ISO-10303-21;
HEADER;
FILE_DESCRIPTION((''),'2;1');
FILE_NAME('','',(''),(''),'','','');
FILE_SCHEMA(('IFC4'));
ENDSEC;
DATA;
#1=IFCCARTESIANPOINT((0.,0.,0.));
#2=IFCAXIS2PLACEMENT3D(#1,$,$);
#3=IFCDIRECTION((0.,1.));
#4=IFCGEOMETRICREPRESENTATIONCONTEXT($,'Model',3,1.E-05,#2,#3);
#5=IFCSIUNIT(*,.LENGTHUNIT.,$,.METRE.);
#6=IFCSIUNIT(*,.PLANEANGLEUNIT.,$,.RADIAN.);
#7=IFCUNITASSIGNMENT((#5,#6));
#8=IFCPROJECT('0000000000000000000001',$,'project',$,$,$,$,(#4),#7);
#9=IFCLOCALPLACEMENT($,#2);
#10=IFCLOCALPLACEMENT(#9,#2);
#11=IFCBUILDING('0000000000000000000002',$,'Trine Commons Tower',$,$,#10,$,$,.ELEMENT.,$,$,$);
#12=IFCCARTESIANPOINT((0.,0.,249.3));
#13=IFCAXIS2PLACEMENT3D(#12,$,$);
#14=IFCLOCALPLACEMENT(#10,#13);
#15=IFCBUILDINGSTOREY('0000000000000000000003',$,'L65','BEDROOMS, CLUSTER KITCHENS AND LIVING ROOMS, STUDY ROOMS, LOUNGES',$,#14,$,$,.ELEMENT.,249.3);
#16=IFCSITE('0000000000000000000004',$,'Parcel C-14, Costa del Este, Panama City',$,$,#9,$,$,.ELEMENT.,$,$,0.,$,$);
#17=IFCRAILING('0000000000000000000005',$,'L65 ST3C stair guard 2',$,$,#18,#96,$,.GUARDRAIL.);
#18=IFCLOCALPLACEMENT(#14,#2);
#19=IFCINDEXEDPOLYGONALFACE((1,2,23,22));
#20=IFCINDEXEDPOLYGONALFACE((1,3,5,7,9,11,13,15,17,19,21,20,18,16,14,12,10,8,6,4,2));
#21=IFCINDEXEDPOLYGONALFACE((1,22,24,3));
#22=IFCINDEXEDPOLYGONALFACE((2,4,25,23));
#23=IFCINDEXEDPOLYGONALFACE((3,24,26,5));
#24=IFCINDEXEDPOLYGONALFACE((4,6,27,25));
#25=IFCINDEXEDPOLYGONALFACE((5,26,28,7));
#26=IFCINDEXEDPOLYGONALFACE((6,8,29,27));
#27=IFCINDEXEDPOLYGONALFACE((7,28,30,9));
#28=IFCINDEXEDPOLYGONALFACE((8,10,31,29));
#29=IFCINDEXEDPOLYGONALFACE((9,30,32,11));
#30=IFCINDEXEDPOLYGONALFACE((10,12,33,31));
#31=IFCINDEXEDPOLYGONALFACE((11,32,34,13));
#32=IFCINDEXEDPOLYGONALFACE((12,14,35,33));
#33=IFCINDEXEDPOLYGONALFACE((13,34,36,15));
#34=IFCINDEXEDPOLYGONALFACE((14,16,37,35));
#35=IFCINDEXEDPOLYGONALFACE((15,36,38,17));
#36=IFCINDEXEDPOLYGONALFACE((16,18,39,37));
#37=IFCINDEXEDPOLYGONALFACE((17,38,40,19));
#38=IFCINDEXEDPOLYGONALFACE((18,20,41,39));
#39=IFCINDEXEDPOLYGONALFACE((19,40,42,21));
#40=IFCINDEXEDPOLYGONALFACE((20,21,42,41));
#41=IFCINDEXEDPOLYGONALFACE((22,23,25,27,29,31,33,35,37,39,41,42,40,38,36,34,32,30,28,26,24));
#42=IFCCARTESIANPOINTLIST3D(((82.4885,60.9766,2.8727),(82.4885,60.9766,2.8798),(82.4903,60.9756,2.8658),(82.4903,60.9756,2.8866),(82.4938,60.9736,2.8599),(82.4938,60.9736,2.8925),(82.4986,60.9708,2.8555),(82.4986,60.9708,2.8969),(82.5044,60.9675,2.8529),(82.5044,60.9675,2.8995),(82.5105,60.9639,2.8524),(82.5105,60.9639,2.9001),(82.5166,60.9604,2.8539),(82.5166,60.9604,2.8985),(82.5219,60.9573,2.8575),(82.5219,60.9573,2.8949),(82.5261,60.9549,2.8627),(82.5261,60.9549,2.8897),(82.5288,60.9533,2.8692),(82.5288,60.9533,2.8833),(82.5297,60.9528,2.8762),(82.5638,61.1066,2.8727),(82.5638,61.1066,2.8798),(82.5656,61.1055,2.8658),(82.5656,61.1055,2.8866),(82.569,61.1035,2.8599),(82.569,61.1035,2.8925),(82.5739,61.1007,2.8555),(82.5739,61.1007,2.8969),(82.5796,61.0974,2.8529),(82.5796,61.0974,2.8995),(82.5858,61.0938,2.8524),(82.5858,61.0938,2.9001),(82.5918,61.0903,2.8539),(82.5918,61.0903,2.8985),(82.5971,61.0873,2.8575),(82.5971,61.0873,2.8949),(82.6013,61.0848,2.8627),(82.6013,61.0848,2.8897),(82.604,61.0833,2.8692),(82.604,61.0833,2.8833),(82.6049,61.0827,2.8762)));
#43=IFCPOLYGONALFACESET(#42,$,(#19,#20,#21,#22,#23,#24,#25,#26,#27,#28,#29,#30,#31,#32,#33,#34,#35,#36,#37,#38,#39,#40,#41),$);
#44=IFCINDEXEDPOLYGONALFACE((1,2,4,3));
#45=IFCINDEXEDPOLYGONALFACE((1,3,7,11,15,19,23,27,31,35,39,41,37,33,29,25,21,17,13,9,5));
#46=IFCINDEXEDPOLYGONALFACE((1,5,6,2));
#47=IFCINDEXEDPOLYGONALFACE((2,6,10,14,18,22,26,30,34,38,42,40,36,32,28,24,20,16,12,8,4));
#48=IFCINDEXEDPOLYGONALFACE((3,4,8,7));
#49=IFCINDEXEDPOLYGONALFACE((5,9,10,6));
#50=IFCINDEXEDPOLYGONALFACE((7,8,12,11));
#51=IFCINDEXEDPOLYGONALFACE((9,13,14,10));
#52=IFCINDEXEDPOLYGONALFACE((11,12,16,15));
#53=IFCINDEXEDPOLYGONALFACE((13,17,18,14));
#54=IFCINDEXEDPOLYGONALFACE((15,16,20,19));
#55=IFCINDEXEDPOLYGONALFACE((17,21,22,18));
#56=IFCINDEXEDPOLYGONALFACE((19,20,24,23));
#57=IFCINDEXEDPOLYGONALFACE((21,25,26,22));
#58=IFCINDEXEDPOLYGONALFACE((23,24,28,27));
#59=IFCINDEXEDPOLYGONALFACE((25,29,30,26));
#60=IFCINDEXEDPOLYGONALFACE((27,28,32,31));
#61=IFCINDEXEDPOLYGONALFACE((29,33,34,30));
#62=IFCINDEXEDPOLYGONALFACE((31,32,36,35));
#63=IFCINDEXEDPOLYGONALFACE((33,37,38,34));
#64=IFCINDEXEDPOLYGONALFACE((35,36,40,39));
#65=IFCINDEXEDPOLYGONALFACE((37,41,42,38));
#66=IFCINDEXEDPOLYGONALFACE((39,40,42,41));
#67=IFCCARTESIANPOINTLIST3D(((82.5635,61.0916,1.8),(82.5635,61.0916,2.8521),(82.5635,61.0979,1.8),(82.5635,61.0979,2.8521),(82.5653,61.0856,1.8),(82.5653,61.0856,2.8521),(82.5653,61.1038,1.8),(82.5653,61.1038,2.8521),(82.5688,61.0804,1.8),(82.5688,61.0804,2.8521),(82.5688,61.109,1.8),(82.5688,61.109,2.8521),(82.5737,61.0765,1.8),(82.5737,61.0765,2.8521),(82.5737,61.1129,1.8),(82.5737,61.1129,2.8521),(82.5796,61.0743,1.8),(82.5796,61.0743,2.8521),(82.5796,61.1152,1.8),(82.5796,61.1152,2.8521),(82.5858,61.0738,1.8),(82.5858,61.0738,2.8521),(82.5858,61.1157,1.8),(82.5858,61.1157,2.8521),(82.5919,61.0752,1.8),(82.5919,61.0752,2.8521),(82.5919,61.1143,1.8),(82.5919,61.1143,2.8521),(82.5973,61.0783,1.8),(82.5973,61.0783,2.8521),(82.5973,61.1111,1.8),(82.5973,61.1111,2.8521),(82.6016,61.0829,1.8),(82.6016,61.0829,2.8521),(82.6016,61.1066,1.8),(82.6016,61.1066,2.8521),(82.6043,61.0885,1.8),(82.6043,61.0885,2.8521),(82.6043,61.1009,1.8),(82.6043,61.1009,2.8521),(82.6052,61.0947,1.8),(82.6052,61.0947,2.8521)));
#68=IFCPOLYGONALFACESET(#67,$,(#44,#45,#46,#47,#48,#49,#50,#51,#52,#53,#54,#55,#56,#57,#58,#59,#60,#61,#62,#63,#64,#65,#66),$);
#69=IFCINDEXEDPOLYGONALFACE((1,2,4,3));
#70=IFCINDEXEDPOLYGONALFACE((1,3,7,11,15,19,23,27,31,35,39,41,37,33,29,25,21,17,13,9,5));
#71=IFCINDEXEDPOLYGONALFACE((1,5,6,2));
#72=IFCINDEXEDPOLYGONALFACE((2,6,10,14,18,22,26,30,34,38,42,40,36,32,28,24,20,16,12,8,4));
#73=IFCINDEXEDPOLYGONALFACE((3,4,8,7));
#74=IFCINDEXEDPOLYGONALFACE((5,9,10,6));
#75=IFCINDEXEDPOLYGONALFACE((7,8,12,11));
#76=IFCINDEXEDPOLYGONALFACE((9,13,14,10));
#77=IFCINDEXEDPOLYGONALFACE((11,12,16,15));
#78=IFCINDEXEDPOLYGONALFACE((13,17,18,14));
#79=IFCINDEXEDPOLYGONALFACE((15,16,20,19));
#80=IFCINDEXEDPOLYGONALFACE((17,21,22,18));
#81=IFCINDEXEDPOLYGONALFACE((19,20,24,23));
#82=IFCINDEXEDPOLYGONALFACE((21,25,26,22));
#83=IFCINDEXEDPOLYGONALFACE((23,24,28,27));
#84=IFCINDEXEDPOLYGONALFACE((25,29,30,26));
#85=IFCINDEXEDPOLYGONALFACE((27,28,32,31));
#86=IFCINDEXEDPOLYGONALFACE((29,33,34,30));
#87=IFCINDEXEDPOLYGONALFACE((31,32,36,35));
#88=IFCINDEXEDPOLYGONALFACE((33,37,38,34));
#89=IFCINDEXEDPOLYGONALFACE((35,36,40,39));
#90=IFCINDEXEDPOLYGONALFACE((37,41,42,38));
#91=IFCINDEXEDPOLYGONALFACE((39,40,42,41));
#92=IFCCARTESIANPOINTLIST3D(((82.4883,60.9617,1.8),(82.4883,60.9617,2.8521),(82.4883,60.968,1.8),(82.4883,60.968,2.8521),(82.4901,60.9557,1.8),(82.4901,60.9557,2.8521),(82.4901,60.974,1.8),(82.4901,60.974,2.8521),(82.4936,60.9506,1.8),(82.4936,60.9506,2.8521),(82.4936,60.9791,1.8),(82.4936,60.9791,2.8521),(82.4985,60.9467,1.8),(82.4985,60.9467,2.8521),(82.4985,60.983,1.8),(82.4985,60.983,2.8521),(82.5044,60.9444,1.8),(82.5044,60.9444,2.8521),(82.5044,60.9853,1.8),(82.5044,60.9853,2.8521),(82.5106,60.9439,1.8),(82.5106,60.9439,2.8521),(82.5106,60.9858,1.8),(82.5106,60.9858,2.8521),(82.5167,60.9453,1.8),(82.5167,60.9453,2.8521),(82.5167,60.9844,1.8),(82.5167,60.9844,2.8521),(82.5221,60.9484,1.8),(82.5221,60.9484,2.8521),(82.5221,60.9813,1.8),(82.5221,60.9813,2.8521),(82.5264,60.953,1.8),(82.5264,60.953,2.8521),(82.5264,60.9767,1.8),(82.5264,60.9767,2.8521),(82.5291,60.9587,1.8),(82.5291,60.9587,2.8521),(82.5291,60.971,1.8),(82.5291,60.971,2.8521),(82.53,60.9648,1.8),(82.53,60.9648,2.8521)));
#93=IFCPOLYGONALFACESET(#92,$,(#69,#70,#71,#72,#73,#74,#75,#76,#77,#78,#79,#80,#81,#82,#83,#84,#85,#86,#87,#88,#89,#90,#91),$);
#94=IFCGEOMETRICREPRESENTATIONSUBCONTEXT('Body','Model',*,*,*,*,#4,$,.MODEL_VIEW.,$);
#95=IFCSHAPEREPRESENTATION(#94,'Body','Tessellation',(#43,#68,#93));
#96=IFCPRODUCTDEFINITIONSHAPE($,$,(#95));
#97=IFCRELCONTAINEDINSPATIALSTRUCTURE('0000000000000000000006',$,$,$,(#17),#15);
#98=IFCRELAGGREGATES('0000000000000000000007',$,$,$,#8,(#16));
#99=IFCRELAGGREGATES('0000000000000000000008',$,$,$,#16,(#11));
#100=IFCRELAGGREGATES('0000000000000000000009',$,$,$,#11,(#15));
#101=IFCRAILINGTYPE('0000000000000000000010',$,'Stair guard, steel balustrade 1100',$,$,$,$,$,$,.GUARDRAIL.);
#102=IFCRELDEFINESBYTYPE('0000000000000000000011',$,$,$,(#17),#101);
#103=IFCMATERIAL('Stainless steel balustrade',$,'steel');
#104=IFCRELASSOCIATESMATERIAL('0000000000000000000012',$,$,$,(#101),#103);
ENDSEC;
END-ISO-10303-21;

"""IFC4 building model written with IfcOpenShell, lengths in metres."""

from ifc_helpers import new_model, si_unit, direction, frame, origin, origin_2d, place, context, subcontext, project, spatial, circle, extrude, material, type_object, element, save


model = new_model("IFC4")

# Units and contexts
model_context = context("Model", 3, precision=1e-05, world=origin(), true_north=direction((0.0, 1.0)))
body_context = subcontext(model_context, "Body", "Model", "MODEL_VIEW")
ifc_project = project(units=[si_unit("LENGTHUNIT", "METRE"), si_unit("PLANEANGLEUNIT", "RADIAN")], contexts=[model_context])

# Site, building, storey
site_placement = place(None, origin())
site = spatial("IfcSite", under=ifc_project, at=site_placement, Name="Parcel C-14, Costa del Este, Panama City", CompositionType="ELEMENT", RefElevation=0.0)
building_placement = place(site_placement, origin())
building = spatial("IfcBuilding", under=site, at=building_placement, Name="Trine Commons Tower", CompositionType="ELEMENT")
storey_placement = place(building_placement, frame((0.0, 0.0, 249.3)))
storey = spatial("IfcBuildingStorey", under=building, at=storey_placement, Name="L65", Description="BEDROOMS, CLUSTER KITCHENS AND LIVING ROOMS, STUDY ROOMS, LOUNGES", CompositionType="ELEMENT", Elevation=249.3)

# Railing
ifc_material_1 = material(Name="Stainless steel balustrade", Category="steel")
railing_type_1 = type_object("IfcRailingType", Name="Stair guard, steel balustrade 1100", PredefinedType="GUARDRAIL", material=ifc_material_1)
railing_1_placement = place(storey_placement, frame((82.5842, 61.0947, 1.8)))
element("IfcRailing", 1, at=railing_1_placement, inside=storey, type_object=railing_type_1, Name="L65 ST3C stair guard 2", PredefinedType="GUARDRAIL", context=body_context, shape_type="SweptSolid", body=[
    extrude(circle(Radius=0.0239, at=origin_2d()), frame((0.0, 0.0, 1.0762), z_axis=(-0.501036, -0.865426, 0.0), x_axis=(0.865426, -0.501036, 0.0)), (0.0, 0.0, 1.0), 0.1501),
    extrude(circle(Radius=0.021, at=origin_2d()), origin(), (0.0, 0.0, 1.0), 1.052),
    extrude(circle(Radius=0.021, at=origin_2d()), frame((-0.0752, -0.1299, 0.0)), (0.0, 0.0, 1.0), 1.052),
])

save(model, "model.ifc")
